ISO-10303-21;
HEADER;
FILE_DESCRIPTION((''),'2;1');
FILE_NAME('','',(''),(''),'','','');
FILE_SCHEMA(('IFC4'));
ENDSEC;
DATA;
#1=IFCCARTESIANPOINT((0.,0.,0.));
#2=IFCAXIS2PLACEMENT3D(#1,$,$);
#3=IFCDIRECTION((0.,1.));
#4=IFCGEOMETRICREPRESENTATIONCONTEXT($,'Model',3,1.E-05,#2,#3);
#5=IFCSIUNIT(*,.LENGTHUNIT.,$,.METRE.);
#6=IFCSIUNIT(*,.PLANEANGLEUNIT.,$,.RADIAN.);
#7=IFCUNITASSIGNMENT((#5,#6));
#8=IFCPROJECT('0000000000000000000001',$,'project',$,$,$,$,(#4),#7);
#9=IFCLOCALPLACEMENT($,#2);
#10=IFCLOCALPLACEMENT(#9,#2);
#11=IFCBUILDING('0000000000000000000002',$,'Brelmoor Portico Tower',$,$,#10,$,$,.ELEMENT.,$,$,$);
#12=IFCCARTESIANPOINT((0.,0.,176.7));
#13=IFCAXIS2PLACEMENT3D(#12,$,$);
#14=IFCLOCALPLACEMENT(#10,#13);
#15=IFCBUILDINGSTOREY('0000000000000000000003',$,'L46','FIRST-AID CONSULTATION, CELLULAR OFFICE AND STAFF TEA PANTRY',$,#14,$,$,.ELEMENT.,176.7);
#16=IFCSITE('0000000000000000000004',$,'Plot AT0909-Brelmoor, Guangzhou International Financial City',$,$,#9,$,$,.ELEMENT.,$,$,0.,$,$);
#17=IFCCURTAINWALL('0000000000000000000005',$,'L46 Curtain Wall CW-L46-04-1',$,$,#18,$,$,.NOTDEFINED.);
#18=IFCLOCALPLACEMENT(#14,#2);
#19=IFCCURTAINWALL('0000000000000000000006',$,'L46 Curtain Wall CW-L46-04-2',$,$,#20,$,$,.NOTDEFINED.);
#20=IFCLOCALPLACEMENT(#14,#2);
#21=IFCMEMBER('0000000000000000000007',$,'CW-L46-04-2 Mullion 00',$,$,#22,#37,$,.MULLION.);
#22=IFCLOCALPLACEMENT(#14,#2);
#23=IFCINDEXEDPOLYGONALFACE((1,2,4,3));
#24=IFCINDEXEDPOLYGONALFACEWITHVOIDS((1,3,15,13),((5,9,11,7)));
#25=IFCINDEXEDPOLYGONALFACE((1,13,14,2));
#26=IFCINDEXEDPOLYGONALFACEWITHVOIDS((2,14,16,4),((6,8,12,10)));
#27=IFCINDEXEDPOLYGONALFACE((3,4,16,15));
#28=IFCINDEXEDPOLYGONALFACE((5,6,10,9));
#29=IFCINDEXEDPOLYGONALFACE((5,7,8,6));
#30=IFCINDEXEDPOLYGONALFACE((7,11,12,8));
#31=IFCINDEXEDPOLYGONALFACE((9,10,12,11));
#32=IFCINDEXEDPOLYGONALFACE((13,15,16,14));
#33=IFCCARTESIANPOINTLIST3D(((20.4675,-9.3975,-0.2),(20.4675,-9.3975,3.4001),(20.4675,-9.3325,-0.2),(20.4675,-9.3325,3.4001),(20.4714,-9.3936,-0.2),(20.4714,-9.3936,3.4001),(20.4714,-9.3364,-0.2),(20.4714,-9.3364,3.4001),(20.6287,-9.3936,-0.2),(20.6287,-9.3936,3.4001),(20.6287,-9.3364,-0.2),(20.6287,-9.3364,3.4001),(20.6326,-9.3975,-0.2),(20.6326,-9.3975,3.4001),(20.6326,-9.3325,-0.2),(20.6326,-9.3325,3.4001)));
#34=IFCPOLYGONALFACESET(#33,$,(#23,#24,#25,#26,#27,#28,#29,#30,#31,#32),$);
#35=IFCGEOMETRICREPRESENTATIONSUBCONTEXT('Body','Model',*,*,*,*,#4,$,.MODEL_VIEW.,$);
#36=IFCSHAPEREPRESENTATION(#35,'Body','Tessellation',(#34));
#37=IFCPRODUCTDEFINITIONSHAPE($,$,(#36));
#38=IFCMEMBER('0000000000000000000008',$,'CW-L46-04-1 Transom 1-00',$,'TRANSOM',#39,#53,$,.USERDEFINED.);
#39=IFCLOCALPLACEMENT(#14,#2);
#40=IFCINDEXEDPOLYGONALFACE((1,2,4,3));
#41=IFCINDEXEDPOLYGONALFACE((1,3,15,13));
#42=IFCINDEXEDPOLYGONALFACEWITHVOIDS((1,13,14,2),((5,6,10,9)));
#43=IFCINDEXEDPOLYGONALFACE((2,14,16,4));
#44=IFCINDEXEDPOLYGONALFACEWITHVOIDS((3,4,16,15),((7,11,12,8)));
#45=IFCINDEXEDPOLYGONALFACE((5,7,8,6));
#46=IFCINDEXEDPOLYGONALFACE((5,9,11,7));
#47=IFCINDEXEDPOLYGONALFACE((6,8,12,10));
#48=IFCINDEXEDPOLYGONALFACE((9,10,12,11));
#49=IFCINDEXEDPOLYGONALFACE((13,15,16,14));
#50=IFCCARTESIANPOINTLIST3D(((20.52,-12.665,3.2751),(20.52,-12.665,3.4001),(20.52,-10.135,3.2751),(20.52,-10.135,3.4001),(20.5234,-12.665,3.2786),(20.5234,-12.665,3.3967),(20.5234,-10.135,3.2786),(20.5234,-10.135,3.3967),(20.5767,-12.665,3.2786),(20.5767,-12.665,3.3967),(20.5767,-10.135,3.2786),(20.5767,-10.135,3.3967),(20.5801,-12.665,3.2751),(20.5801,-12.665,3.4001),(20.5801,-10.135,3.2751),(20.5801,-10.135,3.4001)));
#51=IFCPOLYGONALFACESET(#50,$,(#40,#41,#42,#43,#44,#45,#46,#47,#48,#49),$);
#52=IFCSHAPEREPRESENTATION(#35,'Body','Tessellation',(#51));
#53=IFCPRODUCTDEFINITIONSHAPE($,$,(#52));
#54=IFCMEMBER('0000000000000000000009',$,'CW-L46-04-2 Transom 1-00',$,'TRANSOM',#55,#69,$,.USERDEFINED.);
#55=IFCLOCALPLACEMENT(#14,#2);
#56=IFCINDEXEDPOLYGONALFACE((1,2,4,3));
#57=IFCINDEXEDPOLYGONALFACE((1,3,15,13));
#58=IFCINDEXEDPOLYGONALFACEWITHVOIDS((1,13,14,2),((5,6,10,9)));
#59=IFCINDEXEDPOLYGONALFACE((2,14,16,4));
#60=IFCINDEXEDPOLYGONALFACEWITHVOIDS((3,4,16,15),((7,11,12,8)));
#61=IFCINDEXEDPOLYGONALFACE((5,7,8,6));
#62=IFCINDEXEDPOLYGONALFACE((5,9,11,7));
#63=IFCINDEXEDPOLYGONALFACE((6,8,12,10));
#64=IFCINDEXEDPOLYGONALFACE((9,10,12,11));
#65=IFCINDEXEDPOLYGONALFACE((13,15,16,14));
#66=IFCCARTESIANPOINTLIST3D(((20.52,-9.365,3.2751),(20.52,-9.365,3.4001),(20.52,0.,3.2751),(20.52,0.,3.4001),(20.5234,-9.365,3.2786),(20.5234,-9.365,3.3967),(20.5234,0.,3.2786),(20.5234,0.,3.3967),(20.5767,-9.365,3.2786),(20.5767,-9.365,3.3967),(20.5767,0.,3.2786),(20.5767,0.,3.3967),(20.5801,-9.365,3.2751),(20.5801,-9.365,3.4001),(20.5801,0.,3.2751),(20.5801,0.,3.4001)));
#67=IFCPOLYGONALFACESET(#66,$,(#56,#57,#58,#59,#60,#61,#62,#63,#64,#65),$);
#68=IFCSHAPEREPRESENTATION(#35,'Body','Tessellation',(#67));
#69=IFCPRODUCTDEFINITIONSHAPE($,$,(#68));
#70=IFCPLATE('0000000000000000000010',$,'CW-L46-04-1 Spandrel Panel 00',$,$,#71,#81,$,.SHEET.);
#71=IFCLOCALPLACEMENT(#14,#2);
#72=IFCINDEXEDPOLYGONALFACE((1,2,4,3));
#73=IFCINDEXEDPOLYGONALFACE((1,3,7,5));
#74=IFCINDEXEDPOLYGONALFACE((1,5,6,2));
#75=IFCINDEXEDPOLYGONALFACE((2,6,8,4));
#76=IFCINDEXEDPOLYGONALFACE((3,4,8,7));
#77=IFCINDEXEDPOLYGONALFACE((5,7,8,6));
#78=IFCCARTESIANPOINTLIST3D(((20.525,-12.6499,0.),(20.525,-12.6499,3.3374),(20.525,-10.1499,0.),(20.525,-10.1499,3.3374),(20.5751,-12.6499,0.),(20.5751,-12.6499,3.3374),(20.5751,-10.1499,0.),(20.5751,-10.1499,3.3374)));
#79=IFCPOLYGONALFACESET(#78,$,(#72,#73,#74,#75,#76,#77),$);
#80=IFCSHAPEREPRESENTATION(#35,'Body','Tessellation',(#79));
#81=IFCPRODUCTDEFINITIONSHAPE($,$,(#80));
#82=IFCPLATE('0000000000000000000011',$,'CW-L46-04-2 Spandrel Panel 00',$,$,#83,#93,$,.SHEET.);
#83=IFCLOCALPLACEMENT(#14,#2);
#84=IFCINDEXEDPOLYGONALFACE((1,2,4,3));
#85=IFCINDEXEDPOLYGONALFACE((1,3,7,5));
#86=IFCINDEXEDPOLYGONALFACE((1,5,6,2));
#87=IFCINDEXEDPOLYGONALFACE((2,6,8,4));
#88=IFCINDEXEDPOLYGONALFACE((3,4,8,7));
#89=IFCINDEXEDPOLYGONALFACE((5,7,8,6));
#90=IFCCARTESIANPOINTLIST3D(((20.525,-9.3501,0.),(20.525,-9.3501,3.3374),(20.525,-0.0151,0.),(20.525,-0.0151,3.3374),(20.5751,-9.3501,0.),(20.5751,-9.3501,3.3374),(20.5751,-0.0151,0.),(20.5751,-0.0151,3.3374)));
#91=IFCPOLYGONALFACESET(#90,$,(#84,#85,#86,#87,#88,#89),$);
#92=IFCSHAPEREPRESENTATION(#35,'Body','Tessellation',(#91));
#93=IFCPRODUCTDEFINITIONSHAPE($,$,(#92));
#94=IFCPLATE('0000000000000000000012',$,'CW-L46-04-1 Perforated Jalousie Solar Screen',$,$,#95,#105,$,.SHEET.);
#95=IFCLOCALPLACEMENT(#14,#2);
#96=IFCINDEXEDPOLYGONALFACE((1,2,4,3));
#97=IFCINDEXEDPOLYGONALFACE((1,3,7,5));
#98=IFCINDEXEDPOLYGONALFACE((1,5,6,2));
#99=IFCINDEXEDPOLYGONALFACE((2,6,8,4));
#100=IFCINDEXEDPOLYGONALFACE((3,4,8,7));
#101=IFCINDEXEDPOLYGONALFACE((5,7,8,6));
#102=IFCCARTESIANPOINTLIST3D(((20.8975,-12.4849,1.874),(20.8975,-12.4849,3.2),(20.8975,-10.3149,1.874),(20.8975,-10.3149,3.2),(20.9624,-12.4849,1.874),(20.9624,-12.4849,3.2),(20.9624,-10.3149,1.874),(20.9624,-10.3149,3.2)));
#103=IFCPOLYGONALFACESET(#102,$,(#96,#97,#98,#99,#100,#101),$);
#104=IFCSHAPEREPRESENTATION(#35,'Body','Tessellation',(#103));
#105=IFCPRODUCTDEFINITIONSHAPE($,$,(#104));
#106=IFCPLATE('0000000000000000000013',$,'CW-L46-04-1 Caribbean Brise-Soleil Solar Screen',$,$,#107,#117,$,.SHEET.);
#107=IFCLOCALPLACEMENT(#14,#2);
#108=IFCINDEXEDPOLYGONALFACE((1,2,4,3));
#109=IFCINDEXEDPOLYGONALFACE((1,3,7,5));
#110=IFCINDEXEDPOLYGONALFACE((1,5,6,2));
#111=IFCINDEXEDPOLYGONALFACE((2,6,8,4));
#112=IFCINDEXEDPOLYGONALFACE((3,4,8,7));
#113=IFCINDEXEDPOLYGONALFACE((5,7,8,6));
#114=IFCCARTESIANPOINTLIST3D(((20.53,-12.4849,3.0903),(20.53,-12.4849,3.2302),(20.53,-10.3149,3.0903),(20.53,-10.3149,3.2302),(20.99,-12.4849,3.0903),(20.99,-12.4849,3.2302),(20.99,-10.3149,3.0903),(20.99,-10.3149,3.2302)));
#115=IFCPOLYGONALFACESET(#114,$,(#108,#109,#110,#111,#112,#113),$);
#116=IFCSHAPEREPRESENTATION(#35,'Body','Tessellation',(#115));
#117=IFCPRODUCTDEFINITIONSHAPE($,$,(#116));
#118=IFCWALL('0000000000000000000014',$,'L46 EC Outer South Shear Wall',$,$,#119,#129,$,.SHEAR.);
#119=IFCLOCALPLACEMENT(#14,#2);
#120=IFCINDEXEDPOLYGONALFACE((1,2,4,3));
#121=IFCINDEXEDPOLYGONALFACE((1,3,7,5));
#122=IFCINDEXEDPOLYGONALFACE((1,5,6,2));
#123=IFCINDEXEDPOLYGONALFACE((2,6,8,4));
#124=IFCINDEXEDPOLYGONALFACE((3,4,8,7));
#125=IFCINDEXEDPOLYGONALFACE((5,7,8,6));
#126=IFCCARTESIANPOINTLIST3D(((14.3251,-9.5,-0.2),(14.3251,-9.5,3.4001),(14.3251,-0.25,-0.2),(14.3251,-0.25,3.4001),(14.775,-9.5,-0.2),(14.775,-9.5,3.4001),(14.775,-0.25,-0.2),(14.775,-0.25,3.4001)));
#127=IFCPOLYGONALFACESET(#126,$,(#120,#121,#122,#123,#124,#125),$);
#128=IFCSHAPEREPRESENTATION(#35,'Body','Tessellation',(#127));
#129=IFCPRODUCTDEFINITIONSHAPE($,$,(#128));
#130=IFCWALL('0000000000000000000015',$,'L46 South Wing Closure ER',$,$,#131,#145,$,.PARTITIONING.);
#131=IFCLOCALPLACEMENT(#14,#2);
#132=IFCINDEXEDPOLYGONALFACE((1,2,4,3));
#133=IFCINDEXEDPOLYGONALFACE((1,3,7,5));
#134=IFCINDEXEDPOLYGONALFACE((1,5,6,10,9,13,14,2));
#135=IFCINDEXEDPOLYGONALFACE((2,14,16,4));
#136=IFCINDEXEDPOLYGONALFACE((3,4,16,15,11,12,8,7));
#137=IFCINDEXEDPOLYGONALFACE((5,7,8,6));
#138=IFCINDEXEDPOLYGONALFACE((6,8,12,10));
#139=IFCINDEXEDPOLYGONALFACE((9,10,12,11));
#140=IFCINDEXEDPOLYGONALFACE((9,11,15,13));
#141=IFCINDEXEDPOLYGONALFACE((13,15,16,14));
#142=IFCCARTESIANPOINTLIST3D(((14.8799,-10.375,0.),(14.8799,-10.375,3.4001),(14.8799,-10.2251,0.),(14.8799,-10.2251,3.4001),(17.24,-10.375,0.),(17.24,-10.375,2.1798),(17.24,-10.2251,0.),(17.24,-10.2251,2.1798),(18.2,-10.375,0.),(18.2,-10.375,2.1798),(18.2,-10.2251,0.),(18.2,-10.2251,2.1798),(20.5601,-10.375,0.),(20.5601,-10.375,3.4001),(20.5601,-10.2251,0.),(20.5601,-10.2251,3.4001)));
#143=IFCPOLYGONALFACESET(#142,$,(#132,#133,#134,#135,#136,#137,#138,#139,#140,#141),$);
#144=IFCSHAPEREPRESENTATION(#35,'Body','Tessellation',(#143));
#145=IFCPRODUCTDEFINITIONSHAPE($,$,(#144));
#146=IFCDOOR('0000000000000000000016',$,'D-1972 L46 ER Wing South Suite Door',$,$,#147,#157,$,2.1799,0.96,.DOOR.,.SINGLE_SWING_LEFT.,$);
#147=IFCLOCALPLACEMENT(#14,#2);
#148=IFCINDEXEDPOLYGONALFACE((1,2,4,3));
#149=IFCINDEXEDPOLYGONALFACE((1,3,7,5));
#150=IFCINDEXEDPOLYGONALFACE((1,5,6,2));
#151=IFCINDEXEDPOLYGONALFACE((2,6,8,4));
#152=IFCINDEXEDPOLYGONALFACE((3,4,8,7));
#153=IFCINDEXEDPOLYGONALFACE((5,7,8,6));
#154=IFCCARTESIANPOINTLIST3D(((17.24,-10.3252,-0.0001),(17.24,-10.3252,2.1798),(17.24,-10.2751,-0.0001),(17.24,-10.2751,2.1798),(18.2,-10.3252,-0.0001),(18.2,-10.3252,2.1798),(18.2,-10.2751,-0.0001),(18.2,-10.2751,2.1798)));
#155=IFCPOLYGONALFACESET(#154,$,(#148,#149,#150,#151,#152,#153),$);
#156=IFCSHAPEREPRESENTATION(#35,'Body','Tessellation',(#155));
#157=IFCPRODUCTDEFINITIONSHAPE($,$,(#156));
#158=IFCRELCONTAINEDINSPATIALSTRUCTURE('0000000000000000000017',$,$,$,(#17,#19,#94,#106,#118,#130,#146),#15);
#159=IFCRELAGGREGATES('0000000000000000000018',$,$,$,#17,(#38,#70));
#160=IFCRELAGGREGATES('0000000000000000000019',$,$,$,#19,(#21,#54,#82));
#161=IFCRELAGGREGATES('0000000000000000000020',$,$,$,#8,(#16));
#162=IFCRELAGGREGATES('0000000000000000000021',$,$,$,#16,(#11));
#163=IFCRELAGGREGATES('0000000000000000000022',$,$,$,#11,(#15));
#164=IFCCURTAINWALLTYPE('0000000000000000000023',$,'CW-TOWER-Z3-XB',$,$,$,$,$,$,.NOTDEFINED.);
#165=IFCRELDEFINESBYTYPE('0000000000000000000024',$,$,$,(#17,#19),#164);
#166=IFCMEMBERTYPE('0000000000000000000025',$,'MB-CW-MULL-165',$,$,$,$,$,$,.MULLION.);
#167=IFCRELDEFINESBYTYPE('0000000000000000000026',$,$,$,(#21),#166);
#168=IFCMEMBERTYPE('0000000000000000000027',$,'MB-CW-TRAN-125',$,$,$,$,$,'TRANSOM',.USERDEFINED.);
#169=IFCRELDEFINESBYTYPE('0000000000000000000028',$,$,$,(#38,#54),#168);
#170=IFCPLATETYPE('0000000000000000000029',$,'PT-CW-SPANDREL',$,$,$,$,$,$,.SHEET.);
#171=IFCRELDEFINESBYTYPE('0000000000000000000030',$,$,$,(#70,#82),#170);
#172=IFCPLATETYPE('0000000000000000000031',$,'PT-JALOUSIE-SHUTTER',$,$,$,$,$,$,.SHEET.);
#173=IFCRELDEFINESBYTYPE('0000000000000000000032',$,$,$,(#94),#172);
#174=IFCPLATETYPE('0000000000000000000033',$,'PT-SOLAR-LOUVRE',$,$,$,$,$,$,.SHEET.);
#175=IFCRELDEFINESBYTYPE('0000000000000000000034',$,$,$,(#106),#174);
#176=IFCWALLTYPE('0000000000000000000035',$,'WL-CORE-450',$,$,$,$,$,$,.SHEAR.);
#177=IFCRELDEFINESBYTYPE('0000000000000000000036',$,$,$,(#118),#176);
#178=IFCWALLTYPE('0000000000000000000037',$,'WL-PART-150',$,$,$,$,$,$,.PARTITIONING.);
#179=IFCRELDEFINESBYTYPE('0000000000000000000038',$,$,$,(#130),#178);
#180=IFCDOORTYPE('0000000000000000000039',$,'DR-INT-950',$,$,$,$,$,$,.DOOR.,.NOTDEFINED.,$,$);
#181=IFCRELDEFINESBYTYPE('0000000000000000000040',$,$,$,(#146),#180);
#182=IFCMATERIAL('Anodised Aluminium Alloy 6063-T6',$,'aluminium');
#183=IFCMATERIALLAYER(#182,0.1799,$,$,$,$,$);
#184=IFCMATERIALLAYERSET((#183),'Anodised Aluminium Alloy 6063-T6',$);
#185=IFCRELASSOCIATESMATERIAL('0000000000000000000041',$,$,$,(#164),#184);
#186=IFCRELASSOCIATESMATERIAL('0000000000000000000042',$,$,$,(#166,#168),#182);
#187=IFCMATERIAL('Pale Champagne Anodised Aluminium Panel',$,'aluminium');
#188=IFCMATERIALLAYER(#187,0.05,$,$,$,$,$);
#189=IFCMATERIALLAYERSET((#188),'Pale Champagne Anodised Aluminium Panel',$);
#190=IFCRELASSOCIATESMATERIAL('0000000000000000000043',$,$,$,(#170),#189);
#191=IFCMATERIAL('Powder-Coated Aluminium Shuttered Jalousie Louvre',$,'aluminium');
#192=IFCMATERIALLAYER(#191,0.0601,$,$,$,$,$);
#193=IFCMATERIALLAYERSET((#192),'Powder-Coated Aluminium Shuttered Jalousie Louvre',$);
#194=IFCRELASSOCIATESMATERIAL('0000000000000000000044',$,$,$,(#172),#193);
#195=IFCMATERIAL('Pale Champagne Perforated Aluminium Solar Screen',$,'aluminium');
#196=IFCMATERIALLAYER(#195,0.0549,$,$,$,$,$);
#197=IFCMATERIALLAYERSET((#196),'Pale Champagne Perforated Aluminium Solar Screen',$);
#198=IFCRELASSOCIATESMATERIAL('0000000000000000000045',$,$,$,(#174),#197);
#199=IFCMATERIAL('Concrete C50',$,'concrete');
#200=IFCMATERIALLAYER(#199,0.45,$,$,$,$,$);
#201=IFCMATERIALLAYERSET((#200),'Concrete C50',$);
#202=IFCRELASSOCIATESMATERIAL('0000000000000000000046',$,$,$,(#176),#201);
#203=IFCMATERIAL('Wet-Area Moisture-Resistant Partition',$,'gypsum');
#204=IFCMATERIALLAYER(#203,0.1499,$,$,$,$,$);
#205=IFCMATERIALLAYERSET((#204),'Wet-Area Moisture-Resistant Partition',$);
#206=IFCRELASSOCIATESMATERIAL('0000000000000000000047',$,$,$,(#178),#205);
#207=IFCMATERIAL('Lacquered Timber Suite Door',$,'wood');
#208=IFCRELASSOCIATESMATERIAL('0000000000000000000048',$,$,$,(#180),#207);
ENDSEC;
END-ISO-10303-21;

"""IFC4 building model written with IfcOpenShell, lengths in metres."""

from ifc_helpers import new_model, si_unit, direction, frame, frame_2d, origin, origin_2d, place, context, subcontext, project, spatial, rectangle, hollow_rectangle, extrude, material, layer, layer_set, material_profile, profile_set, type_object, element, fill, aggregate, save


model = new_model("IFC4")

# Units and contexts
model_context = context("Model", 3, precision=1e-05, world=origin(), true_north=direction((0.0, 1.0)))
body_context = subcontext(model_context, "Body", "Model", "MODEL_VIEW")
ifc_project = project(units=[si_unit("LENGTHUNIT", "METRE"), si_unit("PLANEANGLEUNIT", "RADIAN")], contexts=[model_context])

# Site, building, storey
site_placement = place(None, origin())
site = spatial("IfcSite", under=ifc_project, at=site_placement, Name="Plot AT0909-Brelmoor, Guangzhou International Financial City", CompositionType="ELEMENT", RefElevation=0.0)
building_placement = place(site_placement, origin())
building = spatial("IfcBuilding", under=site, at=building_placement, Name="Brelmoor Portico Tower", CompositionType="ELEMENT")
storey_placement = place(building_placement, frame((0.0, 0.0, 176.7)))
storey = spatial("IfcBuildingStorey", under=building, at=storey_placement, Name="L46", Description="FIRST-AID CONSULTATION, CELLULAR OFFICE AND STAFF TEA PANTRY", CompositionType="ELEMENT", Elevation=176.7)

# Curtain wall
ifc_material_1 = material(Name="Anodised Aluminium Alloy 6063-T6", Category="aluminium")
ifc_layer_1 = layer(ifc_material_1, 0.1799)
ifc_layer_set_1 = layer_set([ifc_layer_1], Name="Anodised Aluminium Alloy 6063-T6")
curtain_wall_type = type_object("IfcCurtainWallType", Name="CW-TOWER-Z3-XB", PredefinedType="NOTDEFINED", material=ifc_layer_set_1)
curtain_wall_1_placement = place(storey_placement, origin())
curtain_wall_1 = element("IfcCurtainWall", 1, at=curtain_wall_1_placement, inside=storey, type_object=curtain_wall_type, Name="L46 Curtain Wall CW-L46-04-1", PredefinedType="NOTDEFINED")
ifc_material_profile_1 = material_profile(ifc_material_1, hollow_rectangle(XDim=0.0649, YDim=0.165, WallThickness=0.0039, at=origin_2d()), Name="ALU MULLION 65x165")
ifc_profile_set_1 = profile_set([ifc_material_profile_1], Name="Anodised Aluminium Alloy 6063-T6")
member_type_1 = type_object("IfcMemberType", Name="MB-CW-MULL-165", PredefinedType="MULLION", material=ifc_profile_set_1)

# Curtain wall, member
curtain_wall_2_placement = place(storey_placement, origin())
curtain_wall_2 = element("IfcCurtainWall", 2, at=curtain_wall_2_placement, inside=storey, type_object=curtain_wall_type, Name="L46 Curtain Wall CW-L46-04-2", PredefinedType="NOTDEFINED")
member_1_placement = place(storey_placement, frame((20.55, -9.365, -0.2), z_axis=(0.0, 0.0, 1.0), x_axis=(0.0, 1.0, 0.0)))
member_1 = element("IfcMember", 3, at=member_1_placement, type_object=member_type_1, Name="CW-L46-04-2 Mullion 00", PredefinedType="MULLION", context=body_context, shape_type="SweptSolid", body=[
    extrude(hollow_rectangle(XDim=0.0649, YDim=0.165, WallThickness=0.0039, at=origin_2d()), origin(), (0.0, 0.0, 1.0), 3.6001),
])

# Members
ifc_material_profile_2 = material_profile(ifc_material_1, hollow_rectangle(XDim=0.0601, YDim=0.125, WallThickness=0.0034, at=origin_2d()), Name="ALU TRANSOM 60x125")
ifc_profile_set_2 = profile_set([ifc_material_profile_2], Name="Anodised Aluminium Alloy 6063-T6")
member_type_2 = type_object("IfcMemberType", Name="MB-CW-TRAN-125", ElementType="TRANSOM", PredefinedType="USERDEFINED", material=ifc_profile_set_2)
member_2_placement = place(storey_placement, frame((20.55, -12.665, 3.3376), z_axis=(0.0, 1.0, 0.0), x_axis=(-1.0, 0.0, 0.0)))
member_2 = element("IfcMember", 4, at=member_2_placement, type_object=member_type_2, Name="CW-L46-04-1 Transom 1-00", ObjectType="TRANSOM", PredefinedType="USERDEFINED", context=body_context, shape_type="SweptSolid", body=[
    extrude(hollow_rectangle(XDim=0.0601, YDim=0.125, WallThickness=0.0034, at=origin_2d()), origin(), (0.0, 0.0, 1.0), 2.53),
])
member_3_placement = place(storey_placement, frame((20.55, -9.365, 3.3376), z_axis=(0.0, 1.0, 0.0), x_axis=(-1.0, 0.0, 0.0)))
member_3 = element("IfcMember", 5, at=member_3_placement, type_object=member_type_2, Name="CW-L46-04-2 Transom 1-00", ObjectType="TRANSOM", PredefinedType="USERDEFINED", context=body_context, shape_type="SweptSolid", body=[
    extrude(hollow_rectangle(XDim=0.0601, YDim=0.125, WallThickness=0.0034, at=origin_2d()), origin(), (0.0, 0.0, 1.0), 9.365),
])

# Plates
ifc_material_2 = material(Name="Pale Champagne Anodised Aluminium Panel", Category="aluminium")
ifc_layer_2 = layer(ifc_material_2, 0.05)
ifc_layer_set_2 = layer_set([ifc_layer_2], Name="Pale Champagne Anodised Aluminium Panel")
plate_type_1 = type_object("IfcPlateType", Name="PT-CW-SPANDREL", PredefinedType="SHEET", material=ifc_layer_set_2)
plate_1_placement = place(storey_placement, frame((20.55, -11.3999, 0.0), z_axis=(0.0, 0.0, 1.0), x_axis=(0.0, 1.0, 0.0)))
plate_1 = element("IfcPlate", 6, at=plate_1_placement, type_object=plate_type_1, Name="CW-L46-04-1 Spandrel Panel 00", PredefinedType="SHEET", context=body_context, shape_type="SweptSolid", body=[
    extrude(rectangle(XDim=2.5, YDim=0.05, at=origin_2d()), origin(), (0.0, 0.0, 1.0), 3.3374),
])
aggregate(curtain_wall_1, [member_2, plate_1])
plate_2_placement = place(storey_placement, frame((20.55, -4.6826, 0.0), z_axis=(0.0, 0.0, 1.0), x_axis=(0.0, 1.0, 0.0)))
plate_2 = element("IfcPlate", 7, at=plate_2_placement, type_object=plate_type_1, Name="CW-L46-04-2 Spandrel Panel 00", PredefinedType="SHEET", context=body_context, shape_type="SweptSolid", body=[
    extrude(rectangle(XDim=9.335, YDim=0.05, at=origin_2d()), origin(), (0.0, 0.0, 1.0), 3.3374),
])
aggregate(curtain_wall_2, [member_1, member_3, plate_2])

# Plates
ifc_material_3 = material(Name="Powder-Coated Aluminium Shuttered Jalousie Louvre", Category="aluminium")
ifc_layer_3 = layer(ifc_material_3, 0.0601)
ifc_layer_set_3 = layer_set([ifc_layer_3], Name="Powder-Coated Aluminium Shuttered Jalousie Louvre")
plate_type_2 = type_object("IfcPlateType", Name="PT-JALOUSIE-SHUTTER", PredefinedType="SHEET", material=ifc_layer_set_3)
plate_3_placement = place(storey_placement, frame((20.9299, -11.3999, 1.874), z_axis=(0.0, 0.0, 1.0), x_axis=(0.0, 1.0, 0.0)))
element("IfcPlate", 8, at=plate_3_placement, inside=storey, type_object=plate_type_2, Name="CW-L46-04-1 Perforated Jalousie Solar Screen", PredefinedType="SHEET", context=body_context, shape_type="SweptSolid", body=[
    extrude(rectangle(XDim=2.1699, YDim=0.0649, at=origin_2d()), origin(), (0.0, 0.0, 1.0), 1.3259),
])
ifc_material_4 = material(Name="Pale Champagne Perforated Aluminium Solar Screen", Category="aluminium")
ifc_layer_4 = layer(ifc_material_4, 0.0549)
ifc_layer_set_4 = layer_set([ifc_layer_4], Name="Pale Champagne Perforated Aluminium Solar Screen")
plate_type_3 = type_object("IfcPlateType", Name="PT-SOLAR-LOUVRE", PredefinedType="SHEET", material=ifc_layer_set_4)
plate_4_placement = place(storey_placement, frame((20.76, -11.3999, 3.0903), z_axis=(0.0, 0.0, 1.0), x_axis=(0.0, 1.0, 0.0)))
element("IfcPlate", 9, at=plate_4_placement, inside=storey, type_object=plate_type_3, Name="CW-L46-04-1 Caribbean Brise-Soleil Solar Screen", PredefinedType="SHEET", context=body_context, shape_type="SweptSolid", body=[
    extrude(rectangle(XDim=2.1699, YDim=0.46, at=origin_2d()), origin(), (0.0, 0.0, 1.0), 0.1399),
])

# Wall
ifc_material_5 = material(Name="Concrete C50", Category="concrete")
ifc_layer_5 = layer(ifc_material_5, 0.45)
ifc_layer_set_5 = layer_set([ifc_layer_5], Name="Concrete C50")
wall_type_1 = type_object("IfcWallType", Name="WL-CORE-450", PredefinedType="SHEAR", material=ifc_layer_set_5)
wall_1_placement = place(storey_placement, frame((14.55, -9.5, -0.2), z_axis=(0.0, 0.0, 1.0), x_axis=(0.0, 1.0, 0.0)))
element("IfcWall", 10, at=wall_1_placement, inside=storey, type_object=wall_type_1, Name="L46 EC Outer South Shear Wall", PredefinedType="SHEAR", context=body_context, shape_type="SweptSolid", body=[
    extrude(rectangle(XDim=9.25, YDim=0.45, at=frame_2d((4.625, 0.0))), origin(), (0.0, 0.0, 1.0), 3.6001),
])

# Wall, opening, door
ifc_material_6 = material(Name="Wet-Area Moisture-Resistant Partition", Category="gypsum")
ifc_layer_6 = layer(ifc_material_6, 0.1499)
ifc_layer_set_6 = layer_set([ifc_layer_6], Name="Wet-Area Moisture-Resistant Partition")
wall_type_2 = type_object("IfcWallType", Name="WL-PART-150", PredefinedType="PARTITIONING", material=ifc_layer_set_6)
wall_2_placement = place(storey_placement, frame((14.8799, -10.3, 0.0), z_axis=(0.0, 0.0, 1.0), x_axis=(1.0, 0.0, 0.0)))
wall_2 = element("IfcWall", 11, at=wall_2_placement, inside=storey, type_object=wall_type_2, Name="L46 South Wing Closure ER", PredefinedType="PARTITIONING", context=body_context, shape_type="SweptSolid", body=[
    extrude(rectangle(XDim=5.6802, YDim=0.1499, at=frame_2d((2.8401, 0.0))), origin(), (0.0, 0.0, 1.0), 3.4001),
])
opening_1_placement = place(wall_2_placement, frame((2.3601, 0.0, 0.0)))
opening_1 = element("IfcOpeningElement", 12, at=opening_1_placement, cuts=wall_2, PredefinedType="OPENING", context=body_context, shape_type="SweptSolid", body=[
    extrude(rectangle(XDim=0.96, YDim=2.1799, at=frame_2d((0.48, 1.0898))), frame((0.0, 0.085, 0.0), z_axis=(0.0, -1.0, 0.0), x_axis=(1.0, 0.0, 0.0)), (0.0, 0.0, 1.0), 0.1699),
])
ifc_material_7 = material(Name="Lacquered Timber Suite Door", Category="wood")
door_type_1 = type_object("IfcDoorType", Name="DR-INT-950", OperationType="NOTDEFINED", PredefinedType="DOOR", material=ifc_material_7)
door_1_placement = place(opening_1_placement, origin())
door_1 = element("IfcDoor", 13, at=door_1_placement, inside=storey, type_object=door_type_1, Name="D-1972 L46 ER Wing South Suite Door", OperationType="SINGLE_SWING_LEFT", OverallHeight=2.1799, OverallWidth=0.96, PredefinedType="DOOR", context=body_context, shape_type="SweptSolid", body=[
    extrude(rectangle(XDim=0.96, YDim=2.1799, at=frame_2d((0.48, 1.0898))), frame((0.0, 0.0249, 0.0), z_axis=(0.0, -1.0, 0.0), x_axis=(1.0, 0.0, 0.0)), (0.0, 0.0, 1.0), 0.05),
])
fill(opening_1, door_1)

save(model, "model.ifc")
